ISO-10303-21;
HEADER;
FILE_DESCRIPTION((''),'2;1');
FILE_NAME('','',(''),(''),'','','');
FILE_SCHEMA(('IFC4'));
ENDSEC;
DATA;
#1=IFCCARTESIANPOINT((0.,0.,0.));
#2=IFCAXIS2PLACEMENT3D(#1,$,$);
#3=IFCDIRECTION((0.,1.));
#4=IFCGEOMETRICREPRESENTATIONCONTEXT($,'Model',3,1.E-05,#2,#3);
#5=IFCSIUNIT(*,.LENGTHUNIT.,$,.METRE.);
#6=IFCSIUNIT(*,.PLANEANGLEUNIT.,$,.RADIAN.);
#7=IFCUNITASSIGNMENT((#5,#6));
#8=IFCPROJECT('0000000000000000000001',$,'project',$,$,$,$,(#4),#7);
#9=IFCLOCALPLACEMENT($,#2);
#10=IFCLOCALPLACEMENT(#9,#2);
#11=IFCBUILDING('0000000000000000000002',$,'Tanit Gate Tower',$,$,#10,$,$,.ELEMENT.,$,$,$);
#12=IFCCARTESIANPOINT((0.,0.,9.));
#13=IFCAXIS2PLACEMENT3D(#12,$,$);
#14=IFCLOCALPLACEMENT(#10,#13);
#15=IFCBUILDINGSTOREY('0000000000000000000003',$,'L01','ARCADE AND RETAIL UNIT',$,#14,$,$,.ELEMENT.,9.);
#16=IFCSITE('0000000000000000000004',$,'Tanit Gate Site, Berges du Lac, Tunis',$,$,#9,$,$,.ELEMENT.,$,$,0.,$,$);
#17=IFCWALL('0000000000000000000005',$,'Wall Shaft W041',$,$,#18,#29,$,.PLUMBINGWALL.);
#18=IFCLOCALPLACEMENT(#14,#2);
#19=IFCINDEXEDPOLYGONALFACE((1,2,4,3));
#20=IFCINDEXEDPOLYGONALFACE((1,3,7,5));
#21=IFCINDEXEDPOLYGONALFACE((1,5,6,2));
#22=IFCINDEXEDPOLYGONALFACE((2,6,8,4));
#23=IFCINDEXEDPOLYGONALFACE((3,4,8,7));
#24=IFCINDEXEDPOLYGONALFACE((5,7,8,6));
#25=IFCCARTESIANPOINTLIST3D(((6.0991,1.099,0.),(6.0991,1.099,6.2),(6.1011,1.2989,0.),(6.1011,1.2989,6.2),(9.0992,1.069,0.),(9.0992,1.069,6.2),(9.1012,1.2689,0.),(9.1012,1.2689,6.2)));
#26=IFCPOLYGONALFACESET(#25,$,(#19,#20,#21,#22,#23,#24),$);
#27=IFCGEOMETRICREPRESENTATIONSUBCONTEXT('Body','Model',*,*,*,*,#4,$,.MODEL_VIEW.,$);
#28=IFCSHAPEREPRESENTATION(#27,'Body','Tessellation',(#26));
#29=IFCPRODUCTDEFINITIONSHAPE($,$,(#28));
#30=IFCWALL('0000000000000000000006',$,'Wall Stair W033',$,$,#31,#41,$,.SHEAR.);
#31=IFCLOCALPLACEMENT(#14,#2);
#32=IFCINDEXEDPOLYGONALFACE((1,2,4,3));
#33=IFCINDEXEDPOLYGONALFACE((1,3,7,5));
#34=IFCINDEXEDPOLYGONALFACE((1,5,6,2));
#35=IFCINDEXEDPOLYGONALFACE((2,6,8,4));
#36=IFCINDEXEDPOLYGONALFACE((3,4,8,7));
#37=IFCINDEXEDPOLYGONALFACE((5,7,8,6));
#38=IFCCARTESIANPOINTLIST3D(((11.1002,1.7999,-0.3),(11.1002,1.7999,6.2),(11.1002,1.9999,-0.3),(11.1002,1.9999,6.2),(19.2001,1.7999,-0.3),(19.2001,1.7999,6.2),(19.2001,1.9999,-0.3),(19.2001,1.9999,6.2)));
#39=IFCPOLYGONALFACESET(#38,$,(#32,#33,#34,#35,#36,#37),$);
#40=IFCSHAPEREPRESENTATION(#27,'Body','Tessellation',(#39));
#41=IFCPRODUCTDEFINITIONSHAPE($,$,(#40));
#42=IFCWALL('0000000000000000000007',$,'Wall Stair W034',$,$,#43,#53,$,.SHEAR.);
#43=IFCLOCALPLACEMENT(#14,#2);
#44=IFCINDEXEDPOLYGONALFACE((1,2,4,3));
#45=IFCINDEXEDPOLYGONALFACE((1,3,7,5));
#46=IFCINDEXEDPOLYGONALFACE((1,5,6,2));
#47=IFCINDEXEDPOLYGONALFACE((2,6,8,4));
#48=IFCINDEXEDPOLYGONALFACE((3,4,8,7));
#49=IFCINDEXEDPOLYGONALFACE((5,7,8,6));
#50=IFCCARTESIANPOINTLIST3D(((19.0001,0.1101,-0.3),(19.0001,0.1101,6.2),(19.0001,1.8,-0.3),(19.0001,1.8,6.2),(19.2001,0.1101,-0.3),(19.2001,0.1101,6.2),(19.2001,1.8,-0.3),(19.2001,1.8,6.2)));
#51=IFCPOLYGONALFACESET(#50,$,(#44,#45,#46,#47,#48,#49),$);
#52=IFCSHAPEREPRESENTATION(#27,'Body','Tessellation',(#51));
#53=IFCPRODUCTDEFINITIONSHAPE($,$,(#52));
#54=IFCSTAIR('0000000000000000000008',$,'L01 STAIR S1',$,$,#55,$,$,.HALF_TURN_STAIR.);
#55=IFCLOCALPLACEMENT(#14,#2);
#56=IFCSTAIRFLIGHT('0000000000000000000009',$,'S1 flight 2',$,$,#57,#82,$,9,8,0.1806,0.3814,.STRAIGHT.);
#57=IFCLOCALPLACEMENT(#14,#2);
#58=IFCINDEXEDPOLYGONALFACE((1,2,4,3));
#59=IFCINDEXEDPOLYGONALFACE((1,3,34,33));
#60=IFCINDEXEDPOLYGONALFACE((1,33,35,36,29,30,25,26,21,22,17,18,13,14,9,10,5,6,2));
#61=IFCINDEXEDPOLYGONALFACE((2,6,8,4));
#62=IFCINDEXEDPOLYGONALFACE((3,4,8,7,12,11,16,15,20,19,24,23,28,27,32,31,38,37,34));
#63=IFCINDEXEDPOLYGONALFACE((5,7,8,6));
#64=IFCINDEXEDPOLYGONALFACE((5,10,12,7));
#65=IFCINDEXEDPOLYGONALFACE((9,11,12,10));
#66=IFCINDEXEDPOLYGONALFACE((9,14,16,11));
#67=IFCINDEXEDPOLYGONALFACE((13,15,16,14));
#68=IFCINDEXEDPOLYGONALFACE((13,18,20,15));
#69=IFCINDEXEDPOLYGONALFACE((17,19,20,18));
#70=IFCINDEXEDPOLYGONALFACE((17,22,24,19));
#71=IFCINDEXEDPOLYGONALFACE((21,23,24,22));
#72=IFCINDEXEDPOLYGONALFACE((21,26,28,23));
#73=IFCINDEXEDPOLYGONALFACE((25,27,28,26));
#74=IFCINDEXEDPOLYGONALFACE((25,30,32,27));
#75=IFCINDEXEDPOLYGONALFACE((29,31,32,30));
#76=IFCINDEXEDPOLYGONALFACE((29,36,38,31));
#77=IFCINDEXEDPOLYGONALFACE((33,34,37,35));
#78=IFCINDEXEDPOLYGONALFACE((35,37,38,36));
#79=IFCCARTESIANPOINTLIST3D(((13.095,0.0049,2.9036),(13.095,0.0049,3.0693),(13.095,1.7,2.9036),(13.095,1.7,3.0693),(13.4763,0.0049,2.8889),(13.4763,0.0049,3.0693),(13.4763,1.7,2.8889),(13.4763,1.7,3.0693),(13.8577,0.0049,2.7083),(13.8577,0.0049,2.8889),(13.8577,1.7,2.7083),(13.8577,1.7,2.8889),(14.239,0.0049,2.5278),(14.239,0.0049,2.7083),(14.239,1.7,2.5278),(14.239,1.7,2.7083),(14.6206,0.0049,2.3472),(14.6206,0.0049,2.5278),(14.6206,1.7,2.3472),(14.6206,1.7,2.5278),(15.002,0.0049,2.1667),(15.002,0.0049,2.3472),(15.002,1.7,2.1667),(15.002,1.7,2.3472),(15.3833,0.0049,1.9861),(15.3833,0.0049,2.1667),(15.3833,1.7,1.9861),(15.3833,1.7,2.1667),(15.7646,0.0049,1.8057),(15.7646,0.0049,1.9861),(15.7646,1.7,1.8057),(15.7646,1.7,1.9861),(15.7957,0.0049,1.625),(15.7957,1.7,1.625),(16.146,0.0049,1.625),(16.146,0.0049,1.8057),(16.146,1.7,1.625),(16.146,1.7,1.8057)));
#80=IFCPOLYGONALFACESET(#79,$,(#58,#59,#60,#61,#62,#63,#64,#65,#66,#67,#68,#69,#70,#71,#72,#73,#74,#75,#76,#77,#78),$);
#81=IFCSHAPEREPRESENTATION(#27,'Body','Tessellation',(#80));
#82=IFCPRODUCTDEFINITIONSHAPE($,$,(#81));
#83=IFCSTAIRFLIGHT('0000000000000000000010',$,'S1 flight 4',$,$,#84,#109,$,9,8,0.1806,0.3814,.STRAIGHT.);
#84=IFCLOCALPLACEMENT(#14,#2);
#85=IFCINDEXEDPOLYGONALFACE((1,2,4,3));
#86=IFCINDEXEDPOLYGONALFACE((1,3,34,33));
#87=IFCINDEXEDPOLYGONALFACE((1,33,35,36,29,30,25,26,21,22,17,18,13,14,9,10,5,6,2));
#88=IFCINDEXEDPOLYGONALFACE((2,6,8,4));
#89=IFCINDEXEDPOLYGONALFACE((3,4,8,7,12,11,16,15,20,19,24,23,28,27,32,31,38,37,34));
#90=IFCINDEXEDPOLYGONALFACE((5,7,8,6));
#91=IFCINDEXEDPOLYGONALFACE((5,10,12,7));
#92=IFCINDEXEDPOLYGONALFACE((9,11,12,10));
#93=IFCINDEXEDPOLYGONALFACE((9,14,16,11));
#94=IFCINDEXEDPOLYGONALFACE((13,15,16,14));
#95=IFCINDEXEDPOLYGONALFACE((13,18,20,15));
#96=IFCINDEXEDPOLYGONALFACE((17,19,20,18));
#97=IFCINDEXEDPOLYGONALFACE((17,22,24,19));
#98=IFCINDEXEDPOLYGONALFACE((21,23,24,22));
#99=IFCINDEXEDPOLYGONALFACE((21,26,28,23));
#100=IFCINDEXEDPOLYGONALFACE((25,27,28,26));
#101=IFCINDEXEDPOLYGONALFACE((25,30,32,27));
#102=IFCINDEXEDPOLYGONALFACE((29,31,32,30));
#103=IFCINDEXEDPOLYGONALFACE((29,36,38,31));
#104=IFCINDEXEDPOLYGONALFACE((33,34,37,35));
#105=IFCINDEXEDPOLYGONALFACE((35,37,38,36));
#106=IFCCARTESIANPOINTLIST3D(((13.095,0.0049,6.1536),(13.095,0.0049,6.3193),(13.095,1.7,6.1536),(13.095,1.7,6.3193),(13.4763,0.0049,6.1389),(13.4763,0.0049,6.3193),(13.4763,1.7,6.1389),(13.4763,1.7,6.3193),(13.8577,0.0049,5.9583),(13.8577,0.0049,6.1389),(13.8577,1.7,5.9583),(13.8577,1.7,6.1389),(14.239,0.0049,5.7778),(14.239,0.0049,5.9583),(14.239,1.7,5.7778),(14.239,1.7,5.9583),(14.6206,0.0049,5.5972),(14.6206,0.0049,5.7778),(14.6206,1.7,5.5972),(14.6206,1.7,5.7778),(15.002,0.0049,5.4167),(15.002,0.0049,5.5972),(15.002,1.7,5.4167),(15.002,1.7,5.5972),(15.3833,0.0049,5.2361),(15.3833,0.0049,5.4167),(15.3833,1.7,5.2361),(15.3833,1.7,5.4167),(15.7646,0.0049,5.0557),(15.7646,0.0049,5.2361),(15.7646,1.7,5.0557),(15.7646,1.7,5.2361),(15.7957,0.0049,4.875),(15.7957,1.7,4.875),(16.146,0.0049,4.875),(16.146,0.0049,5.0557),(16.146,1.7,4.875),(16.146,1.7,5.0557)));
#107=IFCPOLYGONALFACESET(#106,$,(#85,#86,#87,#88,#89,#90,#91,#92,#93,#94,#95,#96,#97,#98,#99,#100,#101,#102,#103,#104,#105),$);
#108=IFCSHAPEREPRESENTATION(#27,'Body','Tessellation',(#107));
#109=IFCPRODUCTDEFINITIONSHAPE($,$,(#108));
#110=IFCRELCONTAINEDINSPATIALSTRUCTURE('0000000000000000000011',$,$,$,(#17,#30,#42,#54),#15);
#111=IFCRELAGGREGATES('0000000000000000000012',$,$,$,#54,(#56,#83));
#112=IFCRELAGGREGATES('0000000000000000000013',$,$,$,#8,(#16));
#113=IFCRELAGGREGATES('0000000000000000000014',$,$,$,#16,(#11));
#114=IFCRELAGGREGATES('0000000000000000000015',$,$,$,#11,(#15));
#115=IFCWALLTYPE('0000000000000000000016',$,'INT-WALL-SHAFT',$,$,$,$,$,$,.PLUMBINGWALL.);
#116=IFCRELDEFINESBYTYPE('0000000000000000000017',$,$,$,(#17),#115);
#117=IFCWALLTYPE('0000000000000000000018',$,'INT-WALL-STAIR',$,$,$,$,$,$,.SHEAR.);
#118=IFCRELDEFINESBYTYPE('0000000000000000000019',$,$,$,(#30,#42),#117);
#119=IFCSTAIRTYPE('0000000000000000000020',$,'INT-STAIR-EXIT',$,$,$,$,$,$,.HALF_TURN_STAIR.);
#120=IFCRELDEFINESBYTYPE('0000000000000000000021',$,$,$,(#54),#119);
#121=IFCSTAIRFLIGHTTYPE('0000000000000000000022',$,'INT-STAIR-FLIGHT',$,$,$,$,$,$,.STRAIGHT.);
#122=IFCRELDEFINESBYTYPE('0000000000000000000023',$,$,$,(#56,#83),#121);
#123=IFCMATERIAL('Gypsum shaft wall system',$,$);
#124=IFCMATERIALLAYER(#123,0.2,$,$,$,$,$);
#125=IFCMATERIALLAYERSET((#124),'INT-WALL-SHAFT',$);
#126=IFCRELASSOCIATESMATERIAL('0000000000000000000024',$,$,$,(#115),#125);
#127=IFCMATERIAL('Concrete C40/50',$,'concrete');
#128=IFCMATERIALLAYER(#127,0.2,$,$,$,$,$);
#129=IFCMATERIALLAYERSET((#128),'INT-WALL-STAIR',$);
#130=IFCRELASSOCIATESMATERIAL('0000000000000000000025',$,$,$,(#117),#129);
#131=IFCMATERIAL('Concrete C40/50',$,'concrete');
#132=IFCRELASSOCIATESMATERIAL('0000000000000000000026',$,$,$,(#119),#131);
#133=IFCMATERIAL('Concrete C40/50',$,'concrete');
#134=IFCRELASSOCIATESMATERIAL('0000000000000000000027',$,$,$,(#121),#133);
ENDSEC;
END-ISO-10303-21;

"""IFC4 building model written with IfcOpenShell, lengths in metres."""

from ifc_helpers import new_model, si_unit, direction, frame, frame_2d, origin, place, context, subcontext, project, spatial, polyline, rectangle, outline, extrude, material, layer, layer_set, type_object, element, aggregate, save


model = new_model("IFC4")

# Units and contexts
model_context = context("Model", 3, precision=1e-05, world=origin(), true_north=direction((0.0, 1.0)))
body_context = subcontext(model_context, "Body", "Model", "MODEL_VIEW")
ifc_project = project(units=[si_unit("LENGTHUNIT", "METRE"), si_unit("PLANEANGLEUNIT", "RADIAN")], contexts=[model_context])

# Site, building, storey
site_placement = place(None, origin())
site = spatial("IfcSite", under=ifc_project, at=site_placement, Name="Tanit Gate Site, Berges du Lac, Tunis", CompositionType="ELEMENT", RefElevation=0.0)
building_placement = place(site_placement, origin())
building = spatial("IfcBuilding", under=site, at=building_placement, Name="Tanit Gate Tower", CompositionType="ELEMENT")
storey_placement = place(building_placement, frame((0.0, 0.0, 9.0)))
storey = spatial("IfcBuildingStorey", under=building, at=storey_placement, Name="L01", Description="ARCADE AND RETAIL UNIT", CompositionType="ELEMENT", Elevation=9.0)

# Shared definitions
ifc_material_1 = material(Name="Gypsum shaft wall system")
ifc_layer_1 = layer(ifc_material_1, 0.2)
ifc_layer_set_1 = layer_set([ifc_layer_1], Name="INT-WALL-SHAFT")
wall_type_1 = type_object("IfcWallType", Name="INT-WALL-SHAFT", PredefinedType="PLUMBINGWALL", material=ifc_layer_set_1)

# Walls
wall_1_placement = place(storey_placement, frame((9.1001, 1.1689, 0.0), z_axis=(0.0, 0.0, 1.0), x_axis=(-0.99995, 0.010009, 0.0)))
element("IfcWall", 1, at=wall_1_placement, inside=storey, type_object=wall_type_1, Name="Wall Shaft W041", PredefinedType="PLUMBINGWALL", context=body_context, shape_type="SweptSolid", body=[
    extrude(rectangle(XDim=3.0002, YDim=0.2, at=frame_2d((1.5, 0.0))), origin(), (0.0, 0.0, 1.0), 6.2),
])
ifc_material_2 = material(Name="Concrete C40/50", Category="concrete")
ifc_layer_2 = layer(ifc_material_2, 0.2)
ifc_layer_set_2 = layer_set([ifc_layer_2], Name="INT-WALL-STAIR")
wall_type_2 = type_object("IfcWallType", Name="INT-WALL-STAIR", PredefinedType="SHEAR", material=ifc_layer_set_2)
wall_2_placement = place(storey_placement, frame((19.2, 1.8999, -0.3), z_axis=(0.0, 0.0, 1.0), x_axis=(-1.0, 0.0, 0.0)))
element("IfcWall", 2, at=wall_2_placement, inside=storey, type_object=wall_type_2, Name="Wall Stair W033", PredefinedType="SHEAR", context=body_context, shape_type="SweptSolid", body=[
    extrude(rectangle(XDim=8.0999, YDim=0.2, at=frame_2d((4.0498, 0.0))), origin(), (0.0, 0.0, 1.0), 6.5),
])
wall_3_placement = place(storey_placement, frame((19.1001, 0.1101, -0.3), z_axis=(0.0, 0.0, 1.0), x_axis=(0.0, 1.0, 0.0)))
element("IfcWall", 3, at=wall_3_placement, inside=storey, type_object=wall_type_2, Name="Wall Stair W034", PredefinedType="SHEAR", context=body_context, shape_type="SweptSolid", body=[
    extrude(rectangle(XDim=1.6899, YDim=0.2, at=frame_2d((0.845, 0.0))), origin(), (0.0, 0.0, 1.0), 6.5),
])

# Stair, stair flights
ifc_material_3 = material(Name="Concrete C40/50", Category="concrete")
stair_type = type_object("IfcStairType", Name="INT-STAIR-EXIT", PredefinedType="HALF_TURN_STAIR", material=ifc_material_3)
stair_placement = place(storey_placement, origin())
stair = element("IfcStair", 4, at=stair_placement, inside=storey, type_object=stair_type, Name="L01 STAIR S1", PredefinedType="HALF_TURN_STAIR")
ifc_material_4 = material(Name="Concrete C40/50", Category="concrete")
stair_flight_type = type_object("IfcStairFlightType", Name="INT-STAIR-FLIGHT", PredefinedType="STRAIGHT", material=ifc_material_4)
stair_flight_1_placement = place(storey_placement, frame((16.146, 0.8525, 1.625), z_axis=(0.0, 0.0, 1.0), x_axis=(-1.0, 0.0, 0.0)))
stair_flight_1 = element("IfcStairFlight", 5, at=stair_flight_1_placement, type_object=stair_flight_type, Name="S1 flight 2", NumberOfRisers=9, NumberOfTreads=8, PredefinedType="STRAIGHT", RiserHeight=0.1806, TreadLength=0.3814, context=body_context, shape_type="SweptSolid", body=[
    extrude(outline(polyline([(0.0, 0.0), (0.0, 0.1807), (0.3813, 0.1807), (0.3813, 0.3611), (0.7627, 0.3611), (0.7627, 0.5417), (1.144, 0.5417), (1.144, 0.7222), (1.5254, 0.7222), (1.5254, 0.9028), (1.907, 0.9028), (1.907, 1.0833), (2.2883, 1.0833), (2.2883, 1.2639), (2.6697, 1.2639), (2.6697, 1.4443), (3.051, 1.4443), (3.051, 1.625), (3.051, 1.2786), (0.3503, 0.0), (0.0, 0.0)])), frame((0.0, 0.8477, 0.0), z_axis=(0.0, -1.0, 0.0), x_axis=(1.0, 0.0, 0.0)), (0.0, 0.0, 1.0), 1.6951),
])
stair_flight_2_placement = place(storey_placement, frame((16.146, 0.8525, 4.875), z_axis=(0.0, 0.0, 1.0), x_axis=(-1.0, 0.0, 0.0)))
stair_flight_2 = element("IfcStairFlight", 6, at=stair_flight_2_placement, type_object=stair_flight_type, Name="S1 flight 4", NumberOfRisers=9, NumberOfTreads=8, PredefinedType="STRAIGHT", RiserHeight=0.1806, TreadLength=0.3814, context=body_context, shape_type="SweptSolid", body=[
    extrude(outline(polyline([(0.0, 0.0), (0.0, 0.1807), (0.3813, 0.1807), (0.3813, 0.3611), (0.7627, 0.3611), (0.7627, 0.5417), (1.144, 0.5417), (1.144, 0.7222), (1.5254, 0.7222), (1.5254, 0.9028), (1.907, 0.9028), (1.907, 1.0833), (2.2883, 1.0833), (2.2883, 1.2639), (2.6697, 1.2639), (2.6697, 1.4443), (3.051, 1.4443), (3.051, 1.625), (3.051, 1.2786), (0.3503, 0.0), (0.0, 0.0)])), frame((0.0, 0.8477, 0.0), z_axis=(0.0, -1.0, 0.0), x_axis=(1.0, 0.0, 0.0)), (0.0, 0.0, 1.0), 1.6951),
])
aggregate(stair, [stair_flight_1, stair_flight_2])

save(model, "model.ifc")
